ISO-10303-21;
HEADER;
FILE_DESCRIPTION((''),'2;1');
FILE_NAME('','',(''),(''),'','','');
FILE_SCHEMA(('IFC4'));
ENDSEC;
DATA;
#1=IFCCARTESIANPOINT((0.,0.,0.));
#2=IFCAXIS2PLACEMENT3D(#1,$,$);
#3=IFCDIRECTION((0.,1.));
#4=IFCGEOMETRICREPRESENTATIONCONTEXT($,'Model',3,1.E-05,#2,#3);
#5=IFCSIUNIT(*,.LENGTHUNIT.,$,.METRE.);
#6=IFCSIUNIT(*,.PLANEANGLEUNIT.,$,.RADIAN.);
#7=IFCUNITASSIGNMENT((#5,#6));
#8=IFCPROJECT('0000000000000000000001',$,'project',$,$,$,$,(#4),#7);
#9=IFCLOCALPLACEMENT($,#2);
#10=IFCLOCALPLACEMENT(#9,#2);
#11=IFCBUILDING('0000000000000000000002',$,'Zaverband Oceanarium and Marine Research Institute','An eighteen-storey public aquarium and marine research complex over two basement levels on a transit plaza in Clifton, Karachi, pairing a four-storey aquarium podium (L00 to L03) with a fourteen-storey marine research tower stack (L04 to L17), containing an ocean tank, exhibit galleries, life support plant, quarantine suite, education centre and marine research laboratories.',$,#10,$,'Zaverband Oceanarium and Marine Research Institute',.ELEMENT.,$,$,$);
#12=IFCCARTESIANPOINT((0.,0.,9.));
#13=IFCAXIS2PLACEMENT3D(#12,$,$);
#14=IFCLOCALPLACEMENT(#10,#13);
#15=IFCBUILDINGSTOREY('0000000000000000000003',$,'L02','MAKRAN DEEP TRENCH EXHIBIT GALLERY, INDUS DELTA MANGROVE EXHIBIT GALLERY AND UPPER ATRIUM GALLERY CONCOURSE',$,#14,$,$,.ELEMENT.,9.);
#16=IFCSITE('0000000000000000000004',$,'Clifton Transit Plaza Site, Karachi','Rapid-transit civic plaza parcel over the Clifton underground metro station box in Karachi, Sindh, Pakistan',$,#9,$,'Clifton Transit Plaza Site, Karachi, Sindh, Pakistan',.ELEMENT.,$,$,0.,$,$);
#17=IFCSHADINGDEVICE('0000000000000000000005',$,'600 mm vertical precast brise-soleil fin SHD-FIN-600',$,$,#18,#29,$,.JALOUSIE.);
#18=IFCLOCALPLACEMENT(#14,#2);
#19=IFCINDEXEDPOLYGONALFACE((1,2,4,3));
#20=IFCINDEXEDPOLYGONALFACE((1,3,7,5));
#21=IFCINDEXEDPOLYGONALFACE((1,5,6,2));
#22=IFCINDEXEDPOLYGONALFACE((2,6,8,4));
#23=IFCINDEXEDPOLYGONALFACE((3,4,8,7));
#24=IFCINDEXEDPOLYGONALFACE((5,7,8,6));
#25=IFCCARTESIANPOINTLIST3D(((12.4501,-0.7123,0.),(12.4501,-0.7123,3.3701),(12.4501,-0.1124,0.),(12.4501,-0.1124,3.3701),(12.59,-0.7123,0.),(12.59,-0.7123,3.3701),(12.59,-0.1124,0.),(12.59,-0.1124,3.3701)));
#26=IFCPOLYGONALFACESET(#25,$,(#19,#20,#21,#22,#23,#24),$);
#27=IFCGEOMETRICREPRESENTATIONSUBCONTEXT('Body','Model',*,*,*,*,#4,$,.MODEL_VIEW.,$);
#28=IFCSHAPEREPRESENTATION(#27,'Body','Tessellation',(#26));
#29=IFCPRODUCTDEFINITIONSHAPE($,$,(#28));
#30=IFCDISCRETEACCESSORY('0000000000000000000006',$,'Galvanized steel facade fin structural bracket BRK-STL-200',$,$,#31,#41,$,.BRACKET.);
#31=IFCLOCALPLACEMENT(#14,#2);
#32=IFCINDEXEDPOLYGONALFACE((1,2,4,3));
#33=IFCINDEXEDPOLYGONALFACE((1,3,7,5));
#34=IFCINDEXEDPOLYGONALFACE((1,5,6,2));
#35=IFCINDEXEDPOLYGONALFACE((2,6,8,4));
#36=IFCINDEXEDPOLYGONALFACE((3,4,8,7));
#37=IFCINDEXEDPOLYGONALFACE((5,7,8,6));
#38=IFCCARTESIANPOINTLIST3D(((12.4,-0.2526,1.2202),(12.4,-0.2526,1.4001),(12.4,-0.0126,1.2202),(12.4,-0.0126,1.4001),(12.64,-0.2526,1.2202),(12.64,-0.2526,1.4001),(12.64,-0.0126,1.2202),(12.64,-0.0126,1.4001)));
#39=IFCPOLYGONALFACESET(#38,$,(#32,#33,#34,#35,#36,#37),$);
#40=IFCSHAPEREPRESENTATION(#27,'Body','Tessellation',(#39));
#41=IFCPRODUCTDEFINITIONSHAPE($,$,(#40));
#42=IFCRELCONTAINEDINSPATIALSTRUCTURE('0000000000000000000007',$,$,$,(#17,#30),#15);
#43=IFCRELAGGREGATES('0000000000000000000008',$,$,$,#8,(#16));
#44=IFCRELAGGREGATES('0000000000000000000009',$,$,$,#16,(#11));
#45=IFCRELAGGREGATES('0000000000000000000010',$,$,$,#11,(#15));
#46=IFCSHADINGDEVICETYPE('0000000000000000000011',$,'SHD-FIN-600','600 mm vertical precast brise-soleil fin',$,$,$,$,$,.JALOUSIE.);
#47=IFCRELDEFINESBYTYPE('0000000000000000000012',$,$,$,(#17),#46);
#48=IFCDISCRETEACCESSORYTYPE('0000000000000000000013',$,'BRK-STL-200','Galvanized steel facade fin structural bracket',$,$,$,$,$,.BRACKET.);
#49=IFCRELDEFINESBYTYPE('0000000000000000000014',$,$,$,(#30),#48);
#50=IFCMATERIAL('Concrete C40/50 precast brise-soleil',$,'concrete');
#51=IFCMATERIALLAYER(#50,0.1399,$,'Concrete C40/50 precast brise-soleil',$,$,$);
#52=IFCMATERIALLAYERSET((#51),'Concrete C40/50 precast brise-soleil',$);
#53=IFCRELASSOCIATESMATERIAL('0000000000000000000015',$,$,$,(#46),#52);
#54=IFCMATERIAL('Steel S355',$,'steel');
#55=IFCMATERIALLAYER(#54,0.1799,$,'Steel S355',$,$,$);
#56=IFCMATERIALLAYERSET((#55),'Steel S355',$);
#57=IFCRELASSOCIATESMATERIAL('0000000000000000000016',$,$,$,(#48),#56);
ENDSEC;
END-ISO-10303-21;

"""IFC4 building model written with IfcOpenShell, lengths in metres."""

from ifc_helpers import new_model, si_unit, direction, frame, frame_2d, origin, origin_2d, place, context, subcontext, project, spatial, rectangle, extrude, material, layer, layer_set, type_object, element, save


model = new_model("IFC4")

# Units and contexts
model_context = context("Model", 3, precision=1e-05, world=origin(), true_north=direction((0.0, 1.0)))
body_context = subcontext(model_context, "Body", "Model", "MODEL_VIEW")
ifc_project = project(units=[si_unit("LENGTHUNIT", "METRE"), si_unit("PLANEANGLEUNIT", "RADIAN")], contexts=[model_context])

# Site, building, storey
site_placement = place(None, origin())
site = spatial("IfcSite", under=ifc_project, at=site_placement, Name="Clifton Transit Plaza Site, Karachi", Description="Rapid-transit civic plaza parcel over the Clifton underground metro station box in Karachi, Sindh, Pakistan", LongName="Clifton Transit Plaza Site, Karachi, Sindh, Pakistan", CompositionType="ELEMENT", RefElevation=0.0)
building_placement = place(site_placement, origin())
building = spatial("IfcBuilding", under=site, at=building_placement, Name="Zaverband Oceanarium and Marine Research Institute", Description="An eighteen-storey public aquarium and marine research complex over two basement levels on a transit plaza in Clifton, Karachi, pairing a four-storey aquarium podium (L00 to L03) with a fourteen-storey marine research tower stack (L04 to L17), containing an ocean tank, exhibit galleries, life support plant, quarantine suite, education centre and marine research laboratories.", LongName="Zaverband Oceanarium and Marine Research Institute", CompositionType="ELEMENT")
storey_placement = place(building_placement, frame((0.0, 0.0, 9.0)))
storey = spatial("IfcBuildingStorey", under=building, at=storey_placement, Name="L02", Description="MAKRAN DEEP TRENCH EXHIBIT GALLERY, INDUS DELTA MANGROVE EXHIBIT GALLERY AND UPPER ATRIUM GALLERY CONCOURSE", CompositionType="ELEMENT", Elevation=9.0)

# Shading device
ifc_material_1 = material(Name="Concrete C40/50 precast brise-soleil", Category="concrete")
ifc_layer_1 = layer(ifc_material_1, 0.1399, Name="Concrete C40/50 precast brise-soleil")
ifc_layer_set_1 = layer_set([ifc_layer_1], Name="Concrete C40/50 precast brise-soleil")
shading_device_type = type_object("IfcShadingDeviceType", Name="SHD-FIN-600", Description="600 mm vertical precast brise-soleil fin", PredefinedType="JALOUSIE", material=ifc_layer_set_1)
shading_device_placement = place(storey_placement, frame((12.52, -0.1125, 0.0), z_axis=(0.0, 0.0, 1.0), x_axis=(0.0, -1.0, 0.0)))
element("IfcShadingDevice", 1, at=shading_device_placement, inside=storey, type_object=shading_device_type, Name="600 mm vertical precast brise-soleil fin SHD-FIN-600", PredefinedType="JALOUSIE", context=body_context, shape_type="SweptSolid", body=[
    extrude(rectangle(XDim=0.5999, YDim=0.1399, at=frame_2d((0.2998, 0.0))), origin(), (0.0, 0.0, 1.0), 3.3701),
])

# Discrete accessory
ifc_material_2 = material(Name="Steel S355", Category="steel")
ifc_layer_2 = layer(ifc_material_2, 0.1799, Name="Steel S355")
ifc_layer_set_2 = layer_set([ifc_layer_2], Name="Steel S355")
discrete_accessory_type = type_object("IfcDiscreteAccessoryType", Name="BRK-STL-200", Description="Galvanized steel facade fin structural bracket", PredefinedType="BRACKET", material=ifc_layer_set_2)
discrete_accessory_placement = place(storey_placement, frame((12.52, -0.1326, 1.2202), z_axis=(0.0, 0.0, 1.0), x_axis=(1.0, 0.0, 0.0)))
element("IfcDiscreteAccessory", 2, at=discrete_accessory_placement, inside=storey, type_object=discrete_accessory_type, Name="Galvanized steel facade fin structural bracket BRK-STL-200", PredefinedType="BRACKET", context=body_context, shape_type="SweptSolid", body=[
    extrude(rectangle(XDim=0.24, YDim=0.24, at=origin_2d()), origin(), (0.0, 0.0, 1.0), 0.1799),
])

save(model, "model.ifc")
